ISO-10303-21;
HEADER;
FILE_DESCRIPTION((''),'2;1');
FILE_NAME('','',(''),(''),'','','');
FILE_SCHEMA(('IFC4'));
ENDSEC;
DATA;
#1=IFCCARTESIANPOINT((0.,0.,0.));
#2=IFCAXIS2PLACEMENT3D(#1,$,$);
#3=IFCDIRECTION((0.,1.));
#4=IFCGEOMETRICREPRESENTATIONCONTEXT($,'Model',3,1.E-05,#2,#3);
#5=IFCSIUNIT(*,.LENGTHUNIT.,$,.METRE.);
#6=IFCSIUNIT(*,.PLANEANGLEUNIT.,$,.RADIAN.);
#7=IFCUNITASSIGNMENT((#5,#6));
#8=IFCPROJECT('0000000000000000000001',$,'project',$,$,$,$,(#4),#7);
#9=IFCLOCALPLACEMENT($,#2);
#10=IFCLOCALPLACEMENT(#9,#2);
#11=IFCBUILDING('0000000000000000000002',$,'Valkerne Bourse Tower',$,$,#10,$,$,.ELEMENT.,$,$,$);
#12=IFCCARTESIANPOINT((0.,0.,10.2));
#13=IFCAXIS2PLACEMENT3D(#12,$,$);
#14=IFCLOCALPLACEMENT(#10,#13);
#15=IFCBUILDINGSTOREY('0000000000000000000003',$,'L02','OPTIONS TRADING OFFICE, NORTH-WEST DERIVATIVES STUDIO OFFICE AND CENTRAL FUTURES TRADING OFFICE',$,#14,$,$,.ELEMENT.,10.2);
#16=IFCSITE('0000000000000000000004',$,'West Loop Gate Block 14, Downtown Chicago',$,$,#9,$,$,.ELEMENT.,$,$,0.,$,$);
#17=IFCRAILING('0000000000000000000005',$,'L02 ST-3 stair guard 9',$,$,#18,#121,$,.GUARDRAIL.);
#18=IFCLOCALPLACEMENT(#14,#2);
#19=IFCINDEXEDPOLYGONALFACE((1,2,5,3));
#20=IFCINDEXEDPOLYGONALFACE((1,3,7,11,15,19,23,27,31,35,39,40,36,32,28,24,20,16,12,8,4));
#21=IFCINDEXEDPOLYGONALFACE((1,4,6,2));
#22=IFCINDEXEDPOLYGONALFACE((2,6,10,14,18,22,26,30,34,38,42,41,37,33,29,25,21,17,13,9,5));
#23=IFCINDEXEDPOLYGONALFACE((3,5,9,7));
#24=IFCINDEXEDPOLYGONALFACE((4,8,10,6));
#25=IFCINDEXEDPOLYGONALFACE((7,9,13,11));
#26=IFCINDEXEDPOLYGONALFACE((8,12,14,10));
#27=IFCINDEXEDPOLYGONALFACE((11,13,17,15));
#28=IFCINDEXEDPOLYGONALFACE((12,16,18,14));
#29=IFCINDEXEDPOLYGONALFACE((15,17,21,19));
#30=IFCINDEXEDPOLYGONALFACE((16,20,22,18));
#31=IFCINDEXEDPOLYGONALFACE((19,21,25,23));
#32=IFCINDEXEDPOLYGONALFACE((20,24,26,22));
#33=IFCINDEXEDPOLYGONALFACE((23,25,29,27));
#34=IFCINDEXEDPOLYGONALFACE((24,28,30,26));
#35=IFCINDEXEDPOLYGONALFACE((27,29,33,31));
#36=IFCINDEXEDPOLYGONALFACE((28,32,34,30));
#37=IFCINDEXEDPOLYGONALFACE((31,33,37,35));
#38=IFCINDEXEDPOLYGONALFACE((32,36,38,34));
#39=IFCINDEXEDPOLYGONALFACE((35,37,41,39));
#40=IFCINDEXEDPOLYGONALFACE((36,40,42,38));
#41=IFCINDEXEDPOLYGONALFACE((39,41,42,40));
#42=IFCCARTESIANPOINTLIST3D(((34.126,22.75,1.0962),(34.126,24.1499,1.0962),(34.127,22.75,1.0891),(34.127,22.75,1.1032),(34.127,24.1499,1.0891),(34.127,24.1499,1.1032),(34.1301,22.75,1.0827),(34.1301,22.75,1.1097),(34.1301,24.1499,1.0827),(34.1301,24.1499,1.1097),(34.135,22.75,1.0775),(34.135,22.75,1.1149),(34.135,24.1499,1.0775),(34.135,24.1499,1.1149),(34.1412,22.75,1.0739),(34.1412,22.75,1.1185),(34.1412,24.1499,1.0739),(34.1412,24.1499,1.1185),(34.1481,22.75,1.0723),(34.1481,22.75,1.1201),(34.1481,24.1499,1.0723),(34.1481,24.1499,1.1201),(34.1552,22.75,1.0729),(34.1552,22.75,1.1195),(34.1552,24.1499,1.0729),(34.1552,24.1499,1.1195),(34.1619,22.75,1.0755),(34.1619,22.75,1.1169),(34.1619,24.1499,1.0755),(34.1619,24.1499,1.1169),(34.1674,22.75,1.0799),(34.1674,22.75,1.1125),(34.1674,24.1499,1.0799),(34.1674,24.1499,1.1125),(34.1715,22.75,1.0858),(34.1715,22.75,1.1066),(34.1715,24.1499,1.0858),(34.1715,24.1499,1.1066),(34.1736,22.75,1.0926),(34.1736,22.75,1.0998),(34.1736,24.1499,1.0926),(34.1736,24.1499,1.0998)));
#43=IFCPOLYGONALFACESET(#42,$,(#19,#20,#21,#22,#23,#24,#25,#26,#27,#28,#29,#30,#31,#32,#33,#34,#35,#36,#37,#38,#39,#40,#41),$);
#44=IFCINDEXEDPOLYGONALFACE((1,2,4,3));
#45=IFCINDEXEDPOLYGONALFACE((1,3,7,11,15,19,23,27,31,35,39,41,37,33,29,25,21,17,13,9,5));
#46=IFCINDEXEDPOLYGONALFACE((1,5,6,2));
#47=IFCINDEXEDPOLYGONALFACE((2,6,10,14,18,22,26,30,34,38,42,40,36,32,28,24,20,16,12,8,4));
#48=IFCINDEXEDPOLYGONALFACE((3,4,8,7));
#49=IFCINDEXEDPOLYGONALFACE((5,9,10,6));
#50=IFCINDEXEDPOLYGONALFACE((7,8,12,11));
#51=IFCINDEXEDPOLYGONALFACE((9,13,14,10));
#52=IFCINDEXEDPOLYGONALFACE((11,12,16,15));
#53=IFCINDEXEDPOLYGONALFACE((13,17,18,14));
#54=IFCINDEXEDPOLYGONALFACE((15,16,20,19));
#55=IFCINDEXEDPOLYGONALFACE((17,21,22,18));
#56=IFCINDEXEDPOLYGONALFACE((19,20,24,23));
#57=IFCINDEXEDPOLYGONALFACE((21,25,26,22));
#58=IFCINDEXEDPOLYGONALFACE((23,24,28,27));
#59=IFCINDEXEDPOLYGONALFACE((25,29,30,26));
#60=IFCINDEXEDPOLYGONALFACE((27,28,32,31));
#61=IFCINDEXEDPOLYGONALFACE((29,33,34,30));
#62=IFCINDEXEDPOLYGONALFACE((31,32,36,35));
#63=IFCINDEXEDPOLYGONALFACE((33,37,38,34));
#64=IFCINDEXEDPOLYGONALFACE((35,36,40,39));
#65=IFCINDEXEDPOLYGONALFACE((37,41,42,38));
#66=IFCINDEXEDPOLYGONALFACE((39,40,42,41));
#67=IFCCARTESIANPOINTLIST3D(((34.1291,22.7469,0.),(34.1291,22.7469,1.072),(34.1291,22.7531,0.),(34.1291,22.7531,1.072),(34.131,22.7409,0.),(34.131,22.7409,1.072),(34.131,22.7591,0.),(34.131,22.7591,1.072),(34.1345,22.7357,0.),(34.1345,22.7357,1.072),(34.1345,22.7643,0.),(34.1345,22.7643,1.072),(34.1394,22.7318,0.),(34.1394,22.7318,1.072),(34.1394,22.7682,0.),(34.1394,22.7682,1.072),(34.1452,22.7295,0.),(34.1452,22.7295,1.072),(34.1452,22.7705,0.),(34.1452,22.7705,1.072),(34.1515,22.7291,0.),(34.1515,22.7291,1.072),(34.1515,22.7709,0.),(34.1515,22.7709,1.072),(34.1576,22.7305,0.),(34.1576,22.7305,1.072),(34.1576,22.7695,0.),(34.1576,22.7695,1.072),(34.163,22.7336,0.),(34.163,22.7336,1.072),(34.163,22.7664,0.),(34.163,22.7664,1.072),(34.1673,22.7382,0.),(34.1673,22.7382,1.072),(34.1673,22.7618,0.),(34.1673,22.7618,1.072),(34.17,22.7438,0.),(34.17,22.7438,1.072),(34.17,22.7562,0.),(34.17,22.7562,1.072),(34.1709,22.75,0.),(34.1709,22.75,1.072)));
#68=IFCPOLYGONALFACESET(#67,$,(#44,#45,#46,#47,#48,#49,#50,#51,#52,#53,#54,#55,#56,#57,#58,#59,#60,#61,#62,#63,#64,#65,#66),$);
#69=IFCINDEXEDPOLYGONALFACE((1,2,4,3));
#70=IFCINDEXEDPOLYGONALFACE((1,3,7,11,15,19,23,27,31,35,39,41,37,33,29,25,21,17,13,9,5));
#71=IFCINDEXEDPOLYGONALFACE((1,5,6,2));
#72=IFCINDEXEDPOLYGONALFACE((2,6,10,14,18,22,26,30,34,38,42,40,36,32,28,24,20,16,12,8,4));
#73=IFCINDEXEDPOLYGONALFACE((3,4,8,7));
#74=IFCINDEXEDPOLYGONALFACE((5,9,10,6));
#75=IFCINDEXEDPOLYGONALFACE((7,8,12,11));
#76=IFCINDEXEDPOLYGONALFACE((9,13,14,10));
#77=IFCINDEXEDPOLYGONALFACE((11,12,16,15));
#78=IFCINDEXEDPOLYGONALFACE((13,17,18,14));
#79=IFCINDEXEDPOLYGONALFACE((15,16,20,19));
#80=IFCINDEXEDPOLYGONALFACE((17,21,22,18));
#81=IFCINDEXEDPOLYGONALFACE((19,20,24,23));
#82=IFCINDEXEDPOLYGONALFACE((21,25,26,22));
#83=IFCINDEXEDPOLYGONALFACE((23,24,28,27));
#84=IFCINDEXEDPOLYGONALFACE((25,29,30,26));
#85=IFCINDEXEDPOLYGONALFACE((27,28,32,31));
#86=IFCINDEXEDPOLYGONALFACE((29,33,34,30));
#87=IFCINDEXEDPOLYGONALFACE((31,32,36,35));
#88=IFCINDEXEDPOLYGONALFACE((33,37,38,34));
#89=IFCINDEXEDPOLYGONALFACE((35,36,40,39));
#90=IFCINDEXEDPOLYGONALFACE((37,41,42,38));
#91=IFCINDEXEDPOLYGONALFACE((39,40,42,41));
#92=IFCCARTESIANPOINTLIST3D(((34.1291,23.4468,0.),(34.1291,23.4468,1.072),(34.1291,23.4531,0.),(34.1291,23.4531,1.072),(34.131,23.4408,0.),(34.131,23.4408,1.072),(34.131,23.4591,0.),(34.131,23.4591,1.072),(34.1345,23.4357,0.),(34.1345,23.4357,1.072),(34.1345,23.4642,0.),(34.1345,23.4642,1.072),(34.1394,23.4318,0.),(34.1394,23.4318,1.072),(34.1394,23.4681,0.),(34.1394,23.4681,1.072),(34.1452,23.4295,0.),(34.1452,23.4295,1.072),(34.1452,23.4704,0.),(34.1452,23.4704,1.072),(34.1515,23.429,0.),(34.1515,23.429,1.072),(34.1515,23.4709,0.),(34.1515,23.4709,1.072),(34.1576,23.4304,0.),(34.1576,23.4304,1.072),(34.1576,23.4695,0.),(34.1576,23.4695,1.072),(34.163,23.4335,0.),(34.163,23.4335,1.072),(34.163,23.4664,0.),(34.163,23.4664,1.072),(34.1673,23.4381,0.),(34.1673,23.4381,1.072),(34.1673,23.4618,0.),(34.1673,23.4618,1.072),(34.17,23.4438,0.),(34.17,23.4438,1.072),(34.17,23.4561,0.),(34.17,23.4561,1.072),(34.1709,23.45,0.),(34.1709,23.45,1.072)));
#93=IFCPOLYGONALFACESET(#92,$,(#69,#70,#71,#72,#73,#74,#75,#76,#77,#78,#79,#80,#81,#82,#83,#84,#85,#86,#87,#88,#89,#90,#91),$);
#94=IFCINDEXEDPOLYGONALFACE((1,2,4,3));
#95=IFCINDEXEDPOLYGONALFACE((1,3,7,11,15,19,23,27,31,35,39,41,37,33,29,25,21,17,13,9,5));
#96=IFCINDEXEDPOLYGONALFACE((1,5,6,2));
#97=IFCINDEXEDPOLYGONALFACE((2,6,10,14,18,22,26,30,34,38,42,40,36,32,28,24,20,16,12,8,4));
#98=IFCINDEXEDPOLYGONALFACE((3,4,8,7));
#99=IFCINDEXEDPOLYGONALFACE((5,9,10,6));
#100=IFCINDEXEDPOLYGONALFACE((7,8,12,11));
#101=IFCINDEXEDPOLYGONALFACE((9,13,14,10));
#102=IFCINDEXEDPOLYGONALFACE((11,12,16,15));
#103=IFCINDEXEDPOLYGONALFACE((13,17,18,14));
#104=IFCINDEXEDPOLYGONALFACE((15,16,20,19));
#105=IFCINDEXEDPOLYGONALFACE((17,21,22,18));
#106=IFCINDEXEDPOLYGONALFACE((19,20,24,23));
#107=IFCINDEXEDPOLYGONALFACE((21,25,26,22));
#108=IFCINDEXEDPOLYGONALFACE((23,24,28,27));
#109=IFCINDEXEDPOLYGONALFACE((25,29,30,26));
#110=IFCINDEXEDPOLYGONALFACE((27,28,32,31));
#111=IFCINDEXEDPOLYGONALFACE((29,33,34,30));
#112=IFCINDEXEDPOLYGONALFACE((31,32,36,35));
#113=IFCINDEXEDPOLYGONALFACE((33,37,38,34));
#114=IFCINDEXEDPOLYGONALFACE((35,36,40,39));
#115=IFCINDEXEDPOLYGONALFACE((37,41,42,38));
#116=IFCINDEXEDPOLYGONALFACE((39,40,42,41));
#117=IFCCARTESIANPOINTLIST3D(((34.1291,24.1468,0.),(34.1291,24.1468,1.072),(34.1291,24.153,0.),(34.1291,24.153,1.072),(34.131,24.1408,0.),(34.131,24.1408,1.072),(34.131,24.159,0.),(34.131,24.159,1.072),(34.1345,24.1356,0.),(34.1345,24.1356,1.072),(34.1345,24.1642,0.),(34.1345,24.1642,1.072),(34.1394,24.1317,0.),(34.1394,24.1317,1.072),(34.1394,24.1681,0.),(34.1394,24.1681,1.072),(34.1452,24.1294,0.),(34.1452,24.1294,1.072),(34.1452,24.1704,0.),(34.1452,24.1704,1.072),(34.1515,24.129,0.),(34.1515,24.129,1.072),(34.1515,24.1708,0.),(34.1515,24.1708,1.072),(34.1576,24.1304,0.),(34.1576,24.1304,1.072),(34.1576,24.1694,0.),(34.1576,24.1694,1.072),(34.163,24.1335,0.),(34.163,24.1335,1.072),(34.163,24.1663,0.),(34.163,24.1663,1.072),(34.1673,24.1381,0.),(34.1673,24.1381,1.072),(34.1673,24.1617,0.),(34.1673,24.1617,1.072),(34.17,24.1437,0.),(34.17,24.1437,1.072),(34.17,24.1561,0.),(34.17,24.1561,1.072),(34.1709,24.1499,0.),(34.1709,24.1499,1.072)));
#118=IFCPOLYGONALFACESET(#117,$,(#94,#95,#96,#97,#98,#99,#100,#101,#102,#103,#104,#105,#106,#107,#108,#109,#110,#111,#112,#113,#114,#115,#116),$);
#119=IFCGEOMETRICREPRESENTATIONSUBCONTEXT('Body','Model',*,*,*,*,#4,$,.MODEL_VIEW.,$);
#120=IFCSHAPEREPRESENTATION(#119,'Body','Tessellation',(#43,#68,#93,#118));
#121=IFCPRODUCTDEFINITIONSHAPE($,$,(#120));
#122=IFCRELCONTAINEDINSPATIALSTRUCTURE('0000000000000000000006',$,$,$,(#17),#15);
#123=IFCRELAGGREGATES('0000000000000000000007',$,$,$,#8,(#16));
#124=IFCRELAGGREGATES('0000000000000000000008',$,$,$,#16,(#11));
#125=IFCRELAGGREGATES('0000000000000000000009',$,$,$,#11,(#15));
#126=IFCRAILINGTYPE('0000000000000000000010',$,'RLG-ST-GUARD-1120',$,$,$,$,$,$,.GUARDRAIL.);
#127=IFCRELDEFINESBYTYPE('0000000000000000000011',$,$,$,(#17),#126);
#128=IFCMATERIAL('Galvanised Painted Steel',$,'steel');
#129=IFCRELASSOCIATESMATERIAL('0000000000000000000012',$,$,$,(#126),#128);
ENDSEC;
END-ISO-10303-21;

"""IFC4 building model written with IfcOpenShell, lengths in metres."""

from ifc_helpers import new_model, si_unit, direction, frame, origin, origin_2d, place, context, subcontext, project, spatial, circle, extrude, material, type_object, element, save


model = new_model("IFC4")

# Units and contexts
model_context = context("Model", 3, precision=1e-05, world=origin(), true_north=direction((0.0, 1.0)))
body_context = subcontext(model_context, "Body", "Model", "MODEL_VIEW")
ifc_project = project(units=[si_unit("LENGTHUNIT", "METRE"), si_unit("PLANEANGLEUNIT", "RADIAN")], contexts=[model_context])

# Site, building, storey
site_placement = place(None, origin())
site = spatial("IfcSite", under=ifc_project, at=site_placement, Name="West Loop Gate Block 14, Downtown Chicago", CompositionType="ELEMENT", RefElevation=0.0)
building_placement = place(site_placement, origin())
building = spatial("IfcBuilding", under=site, at=building_placement, Name="Valkerne Bourse Tower", CompositionType="ELEMENT")
storey_placement = place(building_placement, frame((0.0, 0.0, 10.2)))
storey = spatial("IfcBuildingStorey", under=building, at=storey_placement, Name="L02", Description="OPTIONS TRADING OFFICE, NORTH-WEST DERIVATIVES STUDIO OFFICE AND CENTRAL FUTURES TRADING OFFICE", CompositionType="ELEMENT", Elevation=10.2)

# Shared definitions
ifc_material_1 = material(Name="Galvanised Painted Steel", Category="steel")

# Railing
railing_type_1 = type_object("IfcRailingType", Name="RLG-ST-GUARD-1120", PredefinedType="GUARDRAIL", material=ifc_material_1)
for number, where, name in (
    (1, (34.1499, 22.75, 0.0), "L02 ST-3 stair guard 9"),
):
    element("IfcRailing", number, at=place(storey_placement, frame(where)), inside=storey, type_object=railing_type_1, Name=name, PredefinedType="GUARDRAIL", context=body_context, shape_type="SweptSolid", body=[
        extrude(circle(Radius=0.0239, at=origin_2d()), frame((0.0, 0.0, 1.0962), z_axis=(0.0, 1.0, 0.0), x_axis=(-1.0, 0.0, 0.0)), (0.0, 0.0, 1.0), 1.3999),
        extrude(circle(Radius=0.021, at=origin_2d()), origin(), (0.0, 0.0, 1.0), 1.072),
        extrude(circle(Radius=0.021, at=origin_2d()), frame((0.0, 0.7, 0.0)), (0.0, 0.0, 1.0), 1.072),
        extrude(circle(Radius=0.021, at=origin_2d()), frame((0.0, 1.3999, 0.0)), (0.0, 0.0, 1.0), 1.072),
    ])

save(model, "model.ifc")
